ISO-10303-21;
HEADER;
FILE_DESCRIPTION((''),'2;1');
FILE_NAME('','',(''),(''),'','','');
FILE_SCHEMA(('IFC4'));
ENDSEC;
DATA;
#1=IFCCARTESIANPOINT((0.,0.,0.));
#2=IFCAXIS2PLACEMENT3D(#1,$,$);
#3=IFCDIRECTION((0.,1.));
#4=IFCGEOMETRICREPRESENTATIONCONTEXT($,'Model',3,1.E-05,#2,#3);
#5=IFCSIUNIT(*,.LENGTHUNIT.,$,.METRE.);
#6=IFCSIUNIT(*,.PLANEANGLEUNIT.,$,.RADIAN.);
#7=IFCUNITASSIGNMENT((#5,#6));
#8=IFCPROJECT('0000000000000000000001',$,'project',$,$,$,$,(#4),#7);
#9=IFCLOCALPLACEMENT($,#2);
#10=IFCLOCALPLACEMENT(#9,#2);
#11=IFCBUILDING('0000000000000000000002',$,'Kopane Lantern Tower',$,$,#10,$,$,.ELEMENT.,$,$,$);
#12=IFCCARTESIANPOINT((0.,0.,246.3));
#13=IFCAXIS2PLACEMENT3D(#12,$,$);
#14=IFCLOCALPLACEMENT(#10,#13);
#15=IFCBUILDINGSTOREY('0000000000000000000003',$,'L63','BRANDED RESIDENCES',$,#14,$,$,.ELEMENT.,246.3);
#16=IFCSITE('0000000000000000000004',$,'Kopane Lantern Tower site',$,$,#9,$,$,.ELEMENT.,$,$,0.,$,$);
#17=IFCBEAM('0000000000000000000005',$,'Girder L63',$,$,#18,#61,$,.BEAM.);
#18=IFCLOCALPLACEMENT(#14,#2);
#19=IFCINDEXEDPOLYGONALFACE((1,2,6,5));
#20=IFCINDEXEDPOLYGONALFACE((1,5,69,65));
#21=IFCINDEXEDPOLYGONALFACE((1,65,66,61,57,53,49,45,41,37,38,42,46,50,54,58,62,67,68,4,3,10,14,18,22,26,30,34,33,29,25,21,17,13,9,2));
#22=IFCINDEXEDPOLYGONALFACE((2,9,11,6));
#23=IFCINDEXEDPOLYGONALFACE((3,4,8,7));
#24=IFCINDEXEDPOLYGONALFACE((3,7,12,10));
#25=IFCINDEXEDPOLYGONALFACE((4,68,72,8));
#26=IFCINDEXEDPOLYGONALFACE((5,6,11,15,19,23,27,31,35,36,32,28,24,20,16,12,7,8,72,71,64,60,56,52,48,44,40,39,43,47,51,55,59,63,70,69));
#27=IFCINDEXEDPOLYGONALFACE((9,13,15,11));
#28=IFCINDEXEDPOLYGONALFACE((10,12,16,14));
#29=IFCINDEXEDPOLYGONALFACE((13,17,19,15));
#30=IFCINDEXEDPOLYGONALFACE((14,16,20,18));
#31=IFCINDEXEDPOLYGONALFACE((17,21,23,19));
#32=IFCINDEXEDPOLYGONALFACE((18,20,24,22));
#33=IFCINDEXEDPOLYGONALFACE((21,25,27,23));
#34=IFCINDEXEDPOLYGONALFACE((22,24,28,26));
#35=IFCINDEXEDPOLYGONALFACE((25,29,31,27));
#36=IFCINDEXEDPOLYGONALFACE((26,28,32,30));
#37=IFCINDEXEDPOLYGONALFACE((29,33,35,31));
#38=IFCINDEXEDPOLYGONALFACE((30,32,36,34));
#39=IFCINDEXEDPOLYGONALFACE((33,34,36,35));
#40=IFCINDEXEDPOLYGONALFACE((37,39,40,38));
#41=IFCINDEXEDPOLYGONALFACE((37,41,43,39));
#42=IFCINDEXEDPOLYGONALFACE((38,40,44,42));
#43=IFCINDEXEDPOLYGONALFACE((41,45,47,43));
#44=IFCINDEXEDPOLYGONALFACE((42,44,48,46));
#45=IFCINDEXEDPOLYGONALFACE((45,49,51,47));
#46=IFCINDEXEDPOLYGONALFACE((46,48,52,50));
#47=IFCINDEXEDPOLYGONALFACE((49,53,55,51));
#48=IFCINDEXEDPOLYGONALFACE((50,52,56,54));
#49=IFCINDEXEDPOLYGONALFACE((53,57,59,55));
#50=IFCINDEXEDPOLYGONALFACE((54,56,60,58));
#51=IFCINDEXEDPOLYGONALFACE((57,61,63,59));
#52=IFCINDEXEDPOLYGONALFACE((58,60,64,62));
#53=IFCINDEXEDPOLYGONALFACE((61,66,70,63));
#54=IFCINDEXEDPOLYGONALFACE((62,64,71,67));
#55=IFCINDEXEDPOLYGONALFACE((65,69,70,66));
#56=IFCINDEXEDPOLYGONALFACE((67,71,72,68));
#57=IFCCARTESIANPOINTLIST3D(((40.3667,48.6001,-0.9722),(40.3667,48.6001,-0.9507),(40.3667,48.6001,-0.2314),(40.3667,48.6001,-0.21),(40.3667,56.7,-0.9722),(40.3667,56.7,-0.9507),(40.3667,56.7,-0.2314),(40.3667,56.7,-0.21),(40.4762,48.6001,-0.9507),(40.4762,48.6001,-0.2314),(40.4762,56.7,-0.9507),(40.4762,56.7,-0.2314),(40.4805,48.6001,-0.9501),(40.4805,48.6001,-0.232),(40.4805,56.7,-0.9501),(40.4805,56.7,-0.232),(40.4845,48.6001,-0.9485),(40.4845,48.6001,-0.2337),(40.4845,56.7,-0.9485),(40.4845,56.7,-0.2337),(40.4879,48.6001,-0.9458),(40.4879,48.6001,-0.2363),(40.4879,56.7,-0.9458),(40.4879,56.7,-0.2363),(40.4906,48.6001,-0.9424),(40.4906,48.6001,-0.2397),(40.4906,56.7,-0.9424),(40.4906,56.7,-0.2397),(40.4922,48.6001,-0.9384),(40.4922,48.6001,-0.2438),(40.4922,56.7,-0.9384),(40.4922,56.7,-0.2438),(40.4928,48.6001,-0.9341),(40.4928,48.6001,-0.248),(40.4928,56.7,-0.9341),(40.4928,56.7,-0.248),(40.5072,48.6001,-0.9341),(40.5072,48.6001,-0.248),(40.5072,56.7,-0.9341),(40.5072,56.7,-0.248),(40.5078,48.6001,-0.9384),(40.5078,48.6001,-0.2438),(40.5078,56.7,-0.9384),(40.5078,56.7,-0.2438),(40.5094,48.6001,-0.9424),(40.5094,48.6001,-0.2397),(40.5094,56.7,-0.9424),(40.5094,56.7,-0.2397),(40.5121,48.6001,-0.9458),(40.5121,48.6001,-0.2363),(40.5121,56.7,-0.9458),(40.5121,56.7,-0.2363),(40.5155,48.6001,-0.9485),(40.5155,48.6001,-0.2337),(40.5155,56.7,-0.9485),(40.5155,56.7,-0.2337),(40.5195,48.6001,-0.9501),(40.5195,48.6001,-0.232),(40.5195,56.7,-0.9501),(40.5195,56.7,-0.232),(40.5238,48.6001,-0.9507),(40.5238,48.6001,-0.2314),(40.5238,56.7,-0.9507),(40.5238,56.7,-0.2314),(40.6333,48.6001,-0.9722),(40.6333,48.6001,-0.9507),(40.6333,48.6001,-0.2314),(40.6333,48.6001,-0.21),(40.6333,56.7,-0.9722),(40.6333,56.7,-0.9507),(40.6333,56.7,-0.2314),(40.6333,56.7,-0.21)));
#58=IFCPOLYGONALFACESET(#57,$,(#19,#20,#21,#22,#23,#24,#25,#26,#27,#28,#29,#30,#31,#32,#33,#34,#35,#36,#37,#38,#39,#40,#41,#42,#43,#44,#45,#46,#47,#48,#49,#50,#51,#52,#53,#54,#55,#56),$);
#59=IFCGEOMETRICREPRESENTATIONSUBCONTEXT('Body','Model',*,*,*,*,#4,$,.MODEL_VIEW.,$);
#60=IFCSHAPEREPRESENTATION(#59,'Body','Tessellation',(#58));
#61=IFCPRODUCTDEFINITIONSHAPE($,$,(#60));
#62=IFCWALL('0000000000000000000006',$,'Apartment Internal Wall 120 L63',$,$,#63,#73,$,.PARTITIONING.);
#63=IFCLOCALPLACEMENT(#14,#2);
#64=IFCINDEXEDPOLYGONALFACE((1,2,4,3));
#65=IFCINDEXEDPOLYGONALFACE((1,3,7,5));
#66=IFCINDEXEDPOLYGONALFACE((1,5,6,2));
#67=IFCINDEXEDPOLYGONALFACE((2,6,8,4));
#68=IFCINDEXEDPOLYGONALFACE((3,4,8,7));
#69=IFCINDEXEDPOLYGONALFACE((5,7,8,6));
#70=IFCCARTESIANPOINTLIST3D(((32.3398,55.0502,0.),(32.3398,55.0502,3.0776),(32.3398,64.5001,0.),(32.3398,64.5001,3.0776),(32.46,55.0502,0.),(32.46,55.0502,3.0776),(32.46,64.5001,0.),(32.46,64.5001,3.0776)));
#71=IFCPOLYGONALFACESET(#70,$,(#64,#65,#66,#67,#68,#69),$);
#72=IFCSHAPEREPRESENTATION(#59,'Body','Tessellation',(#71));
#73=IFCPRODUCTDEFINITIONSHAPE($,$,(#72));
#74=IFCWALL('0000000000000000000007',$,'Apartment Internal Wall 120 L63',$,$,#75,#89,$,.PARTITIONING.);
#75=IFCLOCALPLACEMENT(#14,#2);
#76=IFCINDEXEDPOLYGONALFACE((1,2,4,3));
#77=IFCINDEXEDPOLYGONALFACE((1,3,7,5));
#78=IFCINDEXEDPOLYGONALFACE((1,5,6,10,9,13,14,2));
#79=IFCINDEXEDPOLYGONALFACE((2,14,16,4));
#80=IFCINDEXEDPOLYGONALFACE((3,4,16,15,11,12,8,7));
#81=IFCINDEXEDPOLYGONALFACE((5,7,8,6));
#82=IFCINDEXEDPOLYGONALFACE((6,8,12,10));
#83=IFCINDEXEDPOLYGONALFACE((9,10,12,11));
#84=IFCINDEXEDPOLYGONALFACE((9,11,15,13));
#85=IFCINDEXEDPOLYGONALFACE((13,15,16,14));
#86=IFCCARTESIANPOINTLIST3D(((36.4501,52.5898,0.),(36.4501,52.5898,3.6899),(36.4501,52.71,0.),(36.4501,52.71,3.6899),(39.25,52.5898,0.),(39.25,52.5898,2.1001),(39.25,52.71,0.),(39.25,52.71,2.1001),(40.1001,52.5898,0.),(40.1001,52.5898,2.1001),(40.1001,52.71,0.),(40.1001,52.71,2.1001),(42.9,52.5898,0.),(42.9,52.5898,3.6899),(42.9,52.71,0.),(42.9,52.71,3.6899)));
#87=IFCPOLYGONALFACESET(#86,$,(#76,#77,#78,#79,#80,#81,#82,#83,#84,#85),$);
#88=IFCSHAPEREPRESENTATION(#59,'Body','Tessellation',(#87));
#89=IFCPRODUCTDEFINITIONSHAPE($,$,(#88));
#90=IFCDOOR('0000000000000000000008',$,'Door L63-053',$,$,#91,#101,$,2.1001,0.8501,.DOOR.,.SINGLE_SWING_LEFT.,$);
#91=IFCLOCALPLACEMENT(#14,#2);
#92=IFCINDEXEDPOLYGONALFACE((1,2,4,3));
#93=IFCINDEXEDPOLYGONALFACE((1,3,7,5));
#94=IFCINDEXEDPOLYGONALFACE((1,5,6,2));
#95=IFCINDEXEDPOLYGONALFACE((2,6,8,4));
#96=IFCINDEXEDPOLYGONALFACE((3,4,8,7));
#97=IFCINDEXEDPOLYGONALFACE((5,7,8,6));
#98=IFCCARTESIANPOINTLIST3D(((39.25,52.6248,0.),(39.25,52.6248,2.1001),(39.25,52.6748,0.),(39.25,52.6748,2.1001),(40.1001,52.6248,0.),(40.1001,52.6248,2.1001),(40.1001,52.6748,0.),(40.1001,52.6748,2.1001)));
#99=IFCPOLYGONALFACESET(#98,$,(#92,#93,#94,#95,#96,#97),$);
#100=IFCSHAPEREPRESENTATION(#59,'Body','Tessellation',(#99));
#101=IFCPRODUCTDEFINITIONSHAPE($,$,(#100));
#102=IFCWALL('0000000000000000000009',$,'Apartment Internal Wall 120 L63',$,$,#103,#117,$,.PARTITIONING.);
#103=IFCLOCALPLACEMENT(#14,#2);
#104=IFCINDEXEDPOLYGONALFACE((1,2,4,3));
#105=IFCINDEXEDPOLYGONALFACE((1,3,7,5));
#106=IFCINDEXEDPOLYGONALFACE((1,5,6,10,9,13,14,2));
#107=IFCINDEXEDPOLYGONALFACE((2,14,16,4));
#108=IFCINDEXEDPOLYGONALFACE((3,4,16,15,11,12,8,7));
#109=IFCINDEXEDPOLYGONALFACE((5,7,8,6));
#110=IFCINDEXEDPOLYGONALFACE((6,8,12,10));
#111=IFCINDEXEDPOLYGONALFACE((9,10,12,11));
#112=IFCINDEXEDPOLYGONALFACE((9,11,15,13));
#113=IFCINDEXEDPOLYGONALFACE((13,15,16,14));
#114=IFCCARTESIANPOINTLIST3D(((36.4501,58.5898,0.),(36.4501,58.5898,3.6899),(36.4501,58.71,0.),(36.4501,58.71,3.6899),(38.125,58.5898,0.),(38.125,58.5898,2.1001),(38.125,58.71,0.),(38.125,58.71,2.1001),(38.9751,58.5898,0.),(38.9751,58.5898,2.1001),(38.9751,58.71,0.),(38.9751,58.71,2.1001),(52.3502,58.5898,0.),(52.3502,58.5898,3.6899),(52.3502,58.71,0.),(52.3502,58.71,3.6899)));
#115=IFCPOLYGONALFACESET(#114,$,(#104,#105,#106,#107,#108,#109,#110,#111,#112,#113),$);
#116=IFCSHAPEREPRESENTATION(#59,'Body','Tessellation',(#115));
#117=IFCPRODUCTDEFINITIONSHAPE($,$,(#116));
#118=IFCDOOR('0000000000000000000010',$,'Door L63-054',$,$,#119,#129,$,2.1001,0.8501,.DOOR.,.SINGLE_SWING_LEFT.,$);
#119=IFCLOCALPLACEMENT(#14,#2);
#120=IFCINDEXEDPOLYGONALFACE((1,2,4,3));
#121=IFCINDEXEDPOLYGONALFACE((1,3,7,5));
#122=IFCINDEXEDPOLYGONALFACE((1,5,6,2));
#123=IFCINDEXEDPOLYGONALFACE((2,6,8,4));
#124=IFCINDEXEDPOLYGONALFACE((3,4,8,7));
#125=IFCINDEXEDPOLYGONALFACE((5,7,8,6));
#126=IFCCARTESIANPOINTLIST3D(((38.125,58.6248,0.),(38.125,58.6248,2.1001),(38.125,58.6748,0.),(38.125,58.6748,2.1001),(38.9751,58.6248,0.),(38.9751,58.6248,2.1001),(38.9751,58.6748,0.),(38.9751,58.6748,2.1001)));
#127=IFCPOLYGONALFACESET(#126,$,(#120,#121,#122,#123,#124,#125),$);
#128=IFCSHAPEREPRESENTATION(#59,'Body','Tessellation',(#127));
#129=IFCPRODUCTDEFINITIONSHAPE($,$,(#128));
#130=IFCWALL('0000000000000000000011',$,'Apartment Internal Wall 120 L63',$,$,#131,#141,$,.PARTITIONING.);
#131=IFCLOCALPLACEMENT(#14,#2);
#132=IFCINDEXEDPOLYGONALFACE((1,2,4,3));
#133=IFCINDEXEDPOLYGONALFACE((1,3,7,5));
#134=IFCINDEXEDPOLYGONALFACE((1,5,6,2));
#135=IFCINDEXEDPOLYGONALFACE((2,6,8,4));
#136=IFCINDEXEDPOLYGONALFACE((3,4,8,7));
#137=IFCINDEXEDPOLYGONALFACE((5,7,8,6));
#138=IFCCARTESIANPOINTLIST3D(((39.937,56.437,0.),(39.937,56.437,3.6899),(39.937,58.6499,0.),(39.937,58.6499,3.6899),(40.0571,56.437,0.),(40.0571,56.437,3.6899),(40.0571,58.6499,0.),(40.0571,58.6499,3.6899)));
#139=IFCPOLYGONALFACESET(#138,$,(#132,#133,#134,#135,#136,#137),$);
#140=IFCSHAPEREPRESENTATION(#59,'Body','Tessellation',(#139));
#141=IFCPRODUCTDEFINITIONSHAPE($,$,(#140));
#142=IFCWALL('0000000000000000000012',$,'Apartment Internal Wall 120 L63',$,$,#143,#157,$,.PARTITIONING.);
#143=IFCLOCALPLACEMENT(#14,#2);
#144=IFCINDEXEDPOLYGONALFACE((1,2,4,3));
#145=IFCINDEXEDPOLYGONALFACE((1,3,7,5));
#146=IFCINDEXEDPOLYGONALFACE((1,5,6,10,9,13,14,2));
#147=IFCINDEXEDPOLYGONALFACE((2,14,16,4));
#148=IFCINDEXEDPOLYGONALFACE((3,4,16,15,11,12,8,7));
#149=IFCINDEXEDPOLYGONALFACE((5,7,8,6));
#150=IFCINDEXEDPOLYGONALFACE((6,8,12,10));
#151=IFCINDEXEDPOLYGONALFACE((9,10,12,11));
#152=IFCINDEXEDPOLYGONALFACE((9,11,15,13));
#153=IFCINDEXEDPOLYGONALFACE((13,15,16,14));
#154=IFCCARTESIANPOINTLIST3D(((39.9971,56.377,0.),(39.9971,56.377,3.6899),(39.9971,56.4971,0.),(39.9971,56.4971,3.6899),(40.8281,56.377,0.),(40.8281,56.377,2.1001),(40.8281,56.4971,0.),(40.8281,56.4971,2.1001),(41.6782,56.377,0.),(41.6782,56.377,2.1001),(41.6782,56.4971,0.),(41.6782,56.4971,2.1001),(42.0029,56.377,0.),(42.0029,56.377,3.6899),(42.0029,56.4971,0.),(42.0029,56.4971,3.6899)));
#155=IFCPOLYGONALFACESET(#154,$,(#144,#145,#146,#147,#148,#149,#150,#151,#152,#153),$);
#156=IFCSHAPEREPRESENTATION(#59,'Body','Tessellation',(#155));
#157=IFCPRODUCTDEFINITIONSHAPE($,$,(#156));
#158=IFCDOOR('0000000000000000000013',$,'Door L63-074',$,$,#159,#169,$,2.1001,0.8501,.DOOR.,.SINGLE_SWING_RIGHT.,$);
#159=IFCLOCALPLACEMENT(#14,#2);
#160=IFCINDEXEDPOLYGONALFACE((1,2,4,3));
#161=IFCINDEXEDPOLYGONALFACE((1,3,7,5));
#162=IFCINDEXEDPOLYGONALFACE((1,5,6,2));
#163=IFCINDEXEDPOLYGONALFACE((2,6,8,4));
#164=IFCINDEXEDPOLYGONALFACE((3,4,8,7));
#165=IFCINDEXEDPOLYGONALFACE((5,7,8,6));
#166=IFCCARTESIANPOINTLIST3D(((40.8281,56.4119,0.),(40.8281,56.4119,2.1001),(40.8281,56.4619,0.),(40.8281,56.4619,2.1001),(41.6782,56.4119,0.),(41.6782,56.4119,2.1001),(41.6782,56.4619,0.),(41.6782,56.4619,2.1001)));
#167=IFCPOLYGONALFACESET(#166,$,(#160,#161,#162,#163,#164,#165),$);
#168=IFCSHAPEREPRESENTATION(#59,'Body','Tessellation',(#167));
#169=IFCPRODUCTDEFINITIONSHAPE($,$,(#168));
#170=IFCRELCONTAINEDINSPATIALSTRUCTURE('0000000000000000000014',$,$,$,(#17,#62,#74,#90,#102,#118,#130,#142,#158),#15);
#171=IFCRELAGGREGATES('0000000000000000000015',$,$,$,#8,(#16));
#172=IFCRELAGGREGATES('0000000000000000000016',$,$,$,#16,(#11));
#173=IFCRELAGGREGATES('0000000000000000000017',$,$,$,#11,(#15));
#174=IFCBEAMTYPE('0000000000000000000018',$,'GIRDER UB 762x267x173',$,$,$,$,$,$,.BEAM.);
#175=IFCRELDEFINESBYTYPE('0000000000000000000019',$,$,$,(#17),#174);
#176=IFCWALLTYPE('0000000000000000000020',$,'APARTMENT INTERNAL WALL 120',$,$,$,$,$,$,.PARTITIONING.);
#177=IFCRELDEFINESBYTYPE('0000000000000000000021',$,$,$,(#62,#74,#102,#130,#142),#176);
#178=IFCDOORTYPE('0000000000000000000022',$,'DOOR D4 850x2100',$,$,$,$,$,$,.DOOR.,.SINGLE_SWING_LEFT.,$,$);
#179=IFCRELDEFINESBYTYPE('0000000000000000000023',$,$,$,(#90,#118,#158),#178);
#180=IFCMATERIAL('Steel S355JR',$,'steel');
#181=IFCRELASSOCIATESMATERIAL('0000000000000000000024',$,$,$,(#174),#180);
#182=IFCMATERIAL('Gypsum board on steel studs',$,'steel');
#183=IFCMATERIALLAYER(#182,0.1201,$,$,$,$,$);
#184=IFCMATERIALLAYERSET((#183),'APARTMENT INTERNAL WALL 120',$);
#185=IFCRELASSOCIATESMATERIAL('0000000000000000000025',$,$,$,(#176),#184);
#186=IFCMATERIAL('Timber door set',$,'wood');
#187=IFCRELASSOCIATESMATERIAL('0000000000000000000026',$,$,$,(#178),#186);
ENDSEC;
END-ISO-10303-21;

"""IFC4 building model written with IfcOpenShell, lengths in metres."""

from ifc_helpers import new_model, si_unit, direction, frame, frame_2d, origin, origin_2d, place, context, subcontext, project, spatial, rectangle, i_section, extrude, material, layer, layer_set, material_profile, profile_set, type_object, element, fill, save


model = new_model("IFC4")

# Units and contexts
model_context = context("Model", 3, precision=1e-05, world=origin(), true_north=direction((0.0, 1.0)))
body_context = subcontext(model_context, "Body", "Model", "MODEL_VIEW")
ifc_project = project(units=[si_unit("LENGTHUNIT", "METRE"), si_unit("PLANEANGLEUNIT", "RADIAN")], contexts=[model_context])

# Site, building, storey
site_placement = place(None, origin())
site = spatial("IfcSite", under=ifc_project, at=site_placement, Name="Kopane Lantern Tower site", CompositionType="ELEMENT", RefElevation=0.0)
building_placement = place(site_placement, origin())
building = spatial("IfcBuilding", under=site, at=building_placement, Name="Kopane Lantern Tower", CompositionType="ELEMENT")
storey_placement = place(building_placement, frame((0.0, 0.0, 246.3)))
storey = spatial("IfcBuildingStorey", under=building, at=storey_placement, Name="L63", Description="BRANDED RESIDENCES", CompositionType="ELEMENT", Elevation=246.3)

# Beam
ifc_material_1 = material(Name="Steel S355JR", Category="steel")
ifc_material_profile_1 = material_profile(ifc_material_1, i_section(OverallWidth=0.2666, OverallDepth=0.7622, WebThickness=0.0144, FlangeThickness=0.0215, FilletRadius=0.0166, at=origin_2d()), Name="UB 762x267x173")
ifc_profile_set_1 = profile_set([ifc_material_profile_1], Name="Steel S355JR")
beam_type = type_object("IfcBeamType", Name="GIRDER UB 762x267x173", PredefinedType="BEAM", material=ifc_profile_set_1)
beam_1_placement = place(storey_placement, frame((40.5, 48.6001, -0.5911), z_axis=(0.0, 1.0, 0.0), x_axis=(-1.0, 0.0, 0.0)))
element("IfcBeam", 1, at=beam_1_placement, inside=storey, type_object=beam_type, Name="Girder L63", PredefinedType="BEAM", context=body_context, shape_type="SweptSolid", body=[
    extrude(i_section(OverallWidth=0.2666, OverallDepth=0.7622, WebThickness=0.0144, FlangeThickness=0.0215, FilletRadius=0.0166, at=origin_2d()), origin(), (0.0, 0.0, 1.0), 8.0999),
])

# Wall
ifc_material_2 = material(Name="Gypsum board on steel studs", Category="steel")
ifc_layer_1 = layer(ifc_material_2, 0.1201)
ifc_layer_set_1 = layer_set([ifc_layer_1], Name="APARTMENT INTERNAL WALL 120")
wall_type_1 = type_object("IfcWallType", Name="APARTMENT INTERNAL WALL 120", PredefinedType="PARTITIONING", material=ifc_layer_set_1)
wall_1_placement = place(storey_placement, frame((32.3999, 55.05, 0.0), z_axis=(0.0, 0.0, 1.0), x_axis=(0.0, 1.0, 0.0)))
element("IfcWall", 2, at=wall_1_placement, inside=storey, type_object=wall_type_1, Name="Apartment Internal Wall 120 L63", PredefinedType="PARTITIONING", context=body_context, shape_type="SweptSolid", body=[
    extrude(rectangle(XDim=9.45, YDim=0.1201, at=frame_2d((4.7251, 0.0))), origin(), (0.0, 0.0, 1.0), 3.0776),
])

# Walls, openings, doors
wall_2_placement = place(storey_placement, frame((36.45, 52.6499, 0.0), z_axis=(0.0, 0.0, 1.0), x_axis=(1.0, 0.0, 0.0)))
wall_2 = element("IfcWall", 3, at=wall_2_placement, inside=storey, type_object=wall_type_1, Name="Apartment Internal Wall 120 L63", PredefinedType="PARTITIONING", context=body_context, shape_type="SweptSolid", body=[
    extrude(rectangle(XDim=6.45, YDim=0.1201, at=frame_2d((3.2251, 0.0))), origin(), (0.0, 0.0, 1.0), 3.6899),
])
opening_1_placement = place(wall_2_placement, frame((2.8, 0.0, 0.0)))
opening_1 = element("IfcOpeningElement", 4, at=opening_1_placement, cuts=wall_2, PredefinedType="OPENING", context=body_context, shape_type="SweptSolid", body=[
    extrude(rectangle(XDim=0.8501, YDim=2.1001, at=frame_2d((0.425, 1.05))), frame((0.0, 0.0701, 0.0), z_axis=(0.0, -1.0, 0.0), x_axis=(1.0, 0.0, 0.0)), (0.0, 0.0, 1.0), 0.1401),
])
ifc_material_3 = material(Name="Timber door set", Category="wood")
door_type_1 = type_object("IfcDoorType", Name="DOOR D4 850x2100", OperationType="SINGLE_SWING_LEFT", PredefinedType="DOOR", material=ifc_material_3)
door_1_placement = place(opening_1_placement, origin())
door_1 = element("IfcDoor", 5, at=door_1_placement, inside=storey, type_object=door_type_1, Name="Door L63-053", OperationType="SINGLE_SWING_LEFT", OverallHeight=2.1001, OverallWidth=0.8501, PredefinedType="DOOR", context=body_context, shape_type="SweptSolid", body=[
    extrude(rectangle(XDim=0.8501, YDim=2.1001, at=frame_2d((0.425, 1.05))), frame((0.0, 0.0249, 0.0), z_axis=(0.0, -1.0, 0.0), x_axis=(1.0, 0.0, 0.0)), (0.0, 0.0, 1.0), 0.05),
])
fill(opening_1, door_1)
wall_3_placement = place(storey_placement, frame((36.45, 58.6499, 0.0), z_axis=(0.0, 0.0, 1.0), x_axis=(1.0, 0.0, 0.0)))
wall_3 = element("IfcWall", 6, at=wall_3_placement, inside=storey, type_object=wall_type_1, Name="Apartment Internal Wall 120 L63", PredefinedType="PARTITIONING", context=body_context, shape_type="SweptSolid", body=[
    extrude(rectangle(XDim=15.9001, YDim=0.1201, at=frame_2d((7.9502, 0.0))), origin(), (0.0, 0.0, 1.0), 3.6899),
])
opening_2_placement = place(wall_3_placement, frame((1.675, 0.0, 0.0)))
opening_2 = element("IfcOpeningElement", 7, at=opening_2_placement, cuts=wall_3, PredefinedType="OPENING", context=body_context, shape_type="SweptSolid", body=[
    extrude(rectangle(XDim=0.8501, YDim=2.1001, at=frame_2d((0.425, 1.05))), frame((0.0, 0.0701, 0.0), z_axis=(0.0, -1.0, 0.0), x_axis=(1.0, 0.0, 0.0)), (0.0, 0.0, 1.0), 0.1401),
])
door_2_placement = place(opening_2_placement, origin())
door_2 = element("IfcDoor", 8, at=door_2_placement, inside=storey, type_object=door_type_1, Name="Door L63-054", OperationType="SINGLE_SWING_LEFT", OverallHeight=2.1001, OverallWidth=0.8501, PredefinedType="DOOR", context=body_context, shape_type="SweptSolid", body=[
    extrude(rectangle(XDim=0.8501, YDim=2.1001, at=frame_2d((0.425, 1.05))), frame((0.0, 0.0249, 0.0), z_axis=(0.0, -1.0, 0.0), x_axis=(1.0, 0.0, 0.0)), (0.0, 0.0, 1.0), 0.05),
])
fill(opening_2, door_2)

# Wall
wall_4_placement = place(storey_placement, frame((39.9971, 58.6499, 0.0), z_axis=(0.0, 0.0, 1.0), x_axis=(0.0, -1.0, 0.0)))
element("IfcWall", 9, at=wall_4_placement, inside=storey, type_object=wall_type_1, Name="Apartment Internal Wall 120 L63", PredefinedType="PARTITIONING", context=body_context, shape_type="SweptSolid", body=[
    extrude(rectangle(XDim=2.2129, YDim=0.1201, at=frame_2d((1.1064, 0.0))), origin(), (0.0, 0.0, 1.0), 3.6899),
])

# Wall, opening, door
wall_5_placement = place(storey_placement, frame((39.9971, 56.437, 0.0), z_axis=(0.0, 0.0, 1.0), x_axis=(1.0, 0.0, 0.0)))
wall_5 = element("IfcWall", 10, at=wall_5_placement, inside=storey, type_object=wall_type_1, Name="Apartment Internal Wall 120 L63", PredefinedType="PARTITIONING", context=body_context, shape_type="SweptSolid", body=[
    extrude(rectangle(XDim=2.0059, YDim=0.1201, at=frame_2d((1.0029, 0.0))), origin(), (0.0, 0.0, 1.0), 3.6899),
])
opening_3_placement = place(wall_5_placement, frame((0.8311, 0.0, 0.0)))
opening_3 = element("IfcOpeningElement", 11, at=opening_3_placement, cuts=wall_5, PredefinedType="OPENING", context=body_context, shape_type="SweptSolid", body=[
    extrude(rectangle(XDim=0.8501, YDim=2.1001, at=frame_2d((0.425, 1.05))), frame((0.0, 0.0701, 0.0), z_axis=(0.0, -1.0, 0.0), x_axis=(1.0, 0.0, 0.0)), (0.0, 0.0, 1.0), 0.1401),
])
door_3_placement = place(opening_3_placement, origin())
door_3 = element("IfcDoor", 12, at=door_3_placement, inside=storey, type_object=door_type_1, Name="Door L63-074", OperationType="SINGLE_SWING_RIGHT", OverallHeight=2.1001, OverallWidth=0.8501, PredefinedType="DOOR", context=body_context, shape_type="SweptSolid", body=[
    extrude(rectangle(XDim=0.8501, YDim=2.1001, at=frame_2d((0.425, 1.05))), frame((0.0, 0.0249, 0.0), z_axis=(0.0, -1.0, 0.0), x_axis=(1.0, 0.0, 0.0)), (0.0, 0.0, 1.0), 0.05),
])
fill(opening_3, door_3)

save(model, "model.ifc")
